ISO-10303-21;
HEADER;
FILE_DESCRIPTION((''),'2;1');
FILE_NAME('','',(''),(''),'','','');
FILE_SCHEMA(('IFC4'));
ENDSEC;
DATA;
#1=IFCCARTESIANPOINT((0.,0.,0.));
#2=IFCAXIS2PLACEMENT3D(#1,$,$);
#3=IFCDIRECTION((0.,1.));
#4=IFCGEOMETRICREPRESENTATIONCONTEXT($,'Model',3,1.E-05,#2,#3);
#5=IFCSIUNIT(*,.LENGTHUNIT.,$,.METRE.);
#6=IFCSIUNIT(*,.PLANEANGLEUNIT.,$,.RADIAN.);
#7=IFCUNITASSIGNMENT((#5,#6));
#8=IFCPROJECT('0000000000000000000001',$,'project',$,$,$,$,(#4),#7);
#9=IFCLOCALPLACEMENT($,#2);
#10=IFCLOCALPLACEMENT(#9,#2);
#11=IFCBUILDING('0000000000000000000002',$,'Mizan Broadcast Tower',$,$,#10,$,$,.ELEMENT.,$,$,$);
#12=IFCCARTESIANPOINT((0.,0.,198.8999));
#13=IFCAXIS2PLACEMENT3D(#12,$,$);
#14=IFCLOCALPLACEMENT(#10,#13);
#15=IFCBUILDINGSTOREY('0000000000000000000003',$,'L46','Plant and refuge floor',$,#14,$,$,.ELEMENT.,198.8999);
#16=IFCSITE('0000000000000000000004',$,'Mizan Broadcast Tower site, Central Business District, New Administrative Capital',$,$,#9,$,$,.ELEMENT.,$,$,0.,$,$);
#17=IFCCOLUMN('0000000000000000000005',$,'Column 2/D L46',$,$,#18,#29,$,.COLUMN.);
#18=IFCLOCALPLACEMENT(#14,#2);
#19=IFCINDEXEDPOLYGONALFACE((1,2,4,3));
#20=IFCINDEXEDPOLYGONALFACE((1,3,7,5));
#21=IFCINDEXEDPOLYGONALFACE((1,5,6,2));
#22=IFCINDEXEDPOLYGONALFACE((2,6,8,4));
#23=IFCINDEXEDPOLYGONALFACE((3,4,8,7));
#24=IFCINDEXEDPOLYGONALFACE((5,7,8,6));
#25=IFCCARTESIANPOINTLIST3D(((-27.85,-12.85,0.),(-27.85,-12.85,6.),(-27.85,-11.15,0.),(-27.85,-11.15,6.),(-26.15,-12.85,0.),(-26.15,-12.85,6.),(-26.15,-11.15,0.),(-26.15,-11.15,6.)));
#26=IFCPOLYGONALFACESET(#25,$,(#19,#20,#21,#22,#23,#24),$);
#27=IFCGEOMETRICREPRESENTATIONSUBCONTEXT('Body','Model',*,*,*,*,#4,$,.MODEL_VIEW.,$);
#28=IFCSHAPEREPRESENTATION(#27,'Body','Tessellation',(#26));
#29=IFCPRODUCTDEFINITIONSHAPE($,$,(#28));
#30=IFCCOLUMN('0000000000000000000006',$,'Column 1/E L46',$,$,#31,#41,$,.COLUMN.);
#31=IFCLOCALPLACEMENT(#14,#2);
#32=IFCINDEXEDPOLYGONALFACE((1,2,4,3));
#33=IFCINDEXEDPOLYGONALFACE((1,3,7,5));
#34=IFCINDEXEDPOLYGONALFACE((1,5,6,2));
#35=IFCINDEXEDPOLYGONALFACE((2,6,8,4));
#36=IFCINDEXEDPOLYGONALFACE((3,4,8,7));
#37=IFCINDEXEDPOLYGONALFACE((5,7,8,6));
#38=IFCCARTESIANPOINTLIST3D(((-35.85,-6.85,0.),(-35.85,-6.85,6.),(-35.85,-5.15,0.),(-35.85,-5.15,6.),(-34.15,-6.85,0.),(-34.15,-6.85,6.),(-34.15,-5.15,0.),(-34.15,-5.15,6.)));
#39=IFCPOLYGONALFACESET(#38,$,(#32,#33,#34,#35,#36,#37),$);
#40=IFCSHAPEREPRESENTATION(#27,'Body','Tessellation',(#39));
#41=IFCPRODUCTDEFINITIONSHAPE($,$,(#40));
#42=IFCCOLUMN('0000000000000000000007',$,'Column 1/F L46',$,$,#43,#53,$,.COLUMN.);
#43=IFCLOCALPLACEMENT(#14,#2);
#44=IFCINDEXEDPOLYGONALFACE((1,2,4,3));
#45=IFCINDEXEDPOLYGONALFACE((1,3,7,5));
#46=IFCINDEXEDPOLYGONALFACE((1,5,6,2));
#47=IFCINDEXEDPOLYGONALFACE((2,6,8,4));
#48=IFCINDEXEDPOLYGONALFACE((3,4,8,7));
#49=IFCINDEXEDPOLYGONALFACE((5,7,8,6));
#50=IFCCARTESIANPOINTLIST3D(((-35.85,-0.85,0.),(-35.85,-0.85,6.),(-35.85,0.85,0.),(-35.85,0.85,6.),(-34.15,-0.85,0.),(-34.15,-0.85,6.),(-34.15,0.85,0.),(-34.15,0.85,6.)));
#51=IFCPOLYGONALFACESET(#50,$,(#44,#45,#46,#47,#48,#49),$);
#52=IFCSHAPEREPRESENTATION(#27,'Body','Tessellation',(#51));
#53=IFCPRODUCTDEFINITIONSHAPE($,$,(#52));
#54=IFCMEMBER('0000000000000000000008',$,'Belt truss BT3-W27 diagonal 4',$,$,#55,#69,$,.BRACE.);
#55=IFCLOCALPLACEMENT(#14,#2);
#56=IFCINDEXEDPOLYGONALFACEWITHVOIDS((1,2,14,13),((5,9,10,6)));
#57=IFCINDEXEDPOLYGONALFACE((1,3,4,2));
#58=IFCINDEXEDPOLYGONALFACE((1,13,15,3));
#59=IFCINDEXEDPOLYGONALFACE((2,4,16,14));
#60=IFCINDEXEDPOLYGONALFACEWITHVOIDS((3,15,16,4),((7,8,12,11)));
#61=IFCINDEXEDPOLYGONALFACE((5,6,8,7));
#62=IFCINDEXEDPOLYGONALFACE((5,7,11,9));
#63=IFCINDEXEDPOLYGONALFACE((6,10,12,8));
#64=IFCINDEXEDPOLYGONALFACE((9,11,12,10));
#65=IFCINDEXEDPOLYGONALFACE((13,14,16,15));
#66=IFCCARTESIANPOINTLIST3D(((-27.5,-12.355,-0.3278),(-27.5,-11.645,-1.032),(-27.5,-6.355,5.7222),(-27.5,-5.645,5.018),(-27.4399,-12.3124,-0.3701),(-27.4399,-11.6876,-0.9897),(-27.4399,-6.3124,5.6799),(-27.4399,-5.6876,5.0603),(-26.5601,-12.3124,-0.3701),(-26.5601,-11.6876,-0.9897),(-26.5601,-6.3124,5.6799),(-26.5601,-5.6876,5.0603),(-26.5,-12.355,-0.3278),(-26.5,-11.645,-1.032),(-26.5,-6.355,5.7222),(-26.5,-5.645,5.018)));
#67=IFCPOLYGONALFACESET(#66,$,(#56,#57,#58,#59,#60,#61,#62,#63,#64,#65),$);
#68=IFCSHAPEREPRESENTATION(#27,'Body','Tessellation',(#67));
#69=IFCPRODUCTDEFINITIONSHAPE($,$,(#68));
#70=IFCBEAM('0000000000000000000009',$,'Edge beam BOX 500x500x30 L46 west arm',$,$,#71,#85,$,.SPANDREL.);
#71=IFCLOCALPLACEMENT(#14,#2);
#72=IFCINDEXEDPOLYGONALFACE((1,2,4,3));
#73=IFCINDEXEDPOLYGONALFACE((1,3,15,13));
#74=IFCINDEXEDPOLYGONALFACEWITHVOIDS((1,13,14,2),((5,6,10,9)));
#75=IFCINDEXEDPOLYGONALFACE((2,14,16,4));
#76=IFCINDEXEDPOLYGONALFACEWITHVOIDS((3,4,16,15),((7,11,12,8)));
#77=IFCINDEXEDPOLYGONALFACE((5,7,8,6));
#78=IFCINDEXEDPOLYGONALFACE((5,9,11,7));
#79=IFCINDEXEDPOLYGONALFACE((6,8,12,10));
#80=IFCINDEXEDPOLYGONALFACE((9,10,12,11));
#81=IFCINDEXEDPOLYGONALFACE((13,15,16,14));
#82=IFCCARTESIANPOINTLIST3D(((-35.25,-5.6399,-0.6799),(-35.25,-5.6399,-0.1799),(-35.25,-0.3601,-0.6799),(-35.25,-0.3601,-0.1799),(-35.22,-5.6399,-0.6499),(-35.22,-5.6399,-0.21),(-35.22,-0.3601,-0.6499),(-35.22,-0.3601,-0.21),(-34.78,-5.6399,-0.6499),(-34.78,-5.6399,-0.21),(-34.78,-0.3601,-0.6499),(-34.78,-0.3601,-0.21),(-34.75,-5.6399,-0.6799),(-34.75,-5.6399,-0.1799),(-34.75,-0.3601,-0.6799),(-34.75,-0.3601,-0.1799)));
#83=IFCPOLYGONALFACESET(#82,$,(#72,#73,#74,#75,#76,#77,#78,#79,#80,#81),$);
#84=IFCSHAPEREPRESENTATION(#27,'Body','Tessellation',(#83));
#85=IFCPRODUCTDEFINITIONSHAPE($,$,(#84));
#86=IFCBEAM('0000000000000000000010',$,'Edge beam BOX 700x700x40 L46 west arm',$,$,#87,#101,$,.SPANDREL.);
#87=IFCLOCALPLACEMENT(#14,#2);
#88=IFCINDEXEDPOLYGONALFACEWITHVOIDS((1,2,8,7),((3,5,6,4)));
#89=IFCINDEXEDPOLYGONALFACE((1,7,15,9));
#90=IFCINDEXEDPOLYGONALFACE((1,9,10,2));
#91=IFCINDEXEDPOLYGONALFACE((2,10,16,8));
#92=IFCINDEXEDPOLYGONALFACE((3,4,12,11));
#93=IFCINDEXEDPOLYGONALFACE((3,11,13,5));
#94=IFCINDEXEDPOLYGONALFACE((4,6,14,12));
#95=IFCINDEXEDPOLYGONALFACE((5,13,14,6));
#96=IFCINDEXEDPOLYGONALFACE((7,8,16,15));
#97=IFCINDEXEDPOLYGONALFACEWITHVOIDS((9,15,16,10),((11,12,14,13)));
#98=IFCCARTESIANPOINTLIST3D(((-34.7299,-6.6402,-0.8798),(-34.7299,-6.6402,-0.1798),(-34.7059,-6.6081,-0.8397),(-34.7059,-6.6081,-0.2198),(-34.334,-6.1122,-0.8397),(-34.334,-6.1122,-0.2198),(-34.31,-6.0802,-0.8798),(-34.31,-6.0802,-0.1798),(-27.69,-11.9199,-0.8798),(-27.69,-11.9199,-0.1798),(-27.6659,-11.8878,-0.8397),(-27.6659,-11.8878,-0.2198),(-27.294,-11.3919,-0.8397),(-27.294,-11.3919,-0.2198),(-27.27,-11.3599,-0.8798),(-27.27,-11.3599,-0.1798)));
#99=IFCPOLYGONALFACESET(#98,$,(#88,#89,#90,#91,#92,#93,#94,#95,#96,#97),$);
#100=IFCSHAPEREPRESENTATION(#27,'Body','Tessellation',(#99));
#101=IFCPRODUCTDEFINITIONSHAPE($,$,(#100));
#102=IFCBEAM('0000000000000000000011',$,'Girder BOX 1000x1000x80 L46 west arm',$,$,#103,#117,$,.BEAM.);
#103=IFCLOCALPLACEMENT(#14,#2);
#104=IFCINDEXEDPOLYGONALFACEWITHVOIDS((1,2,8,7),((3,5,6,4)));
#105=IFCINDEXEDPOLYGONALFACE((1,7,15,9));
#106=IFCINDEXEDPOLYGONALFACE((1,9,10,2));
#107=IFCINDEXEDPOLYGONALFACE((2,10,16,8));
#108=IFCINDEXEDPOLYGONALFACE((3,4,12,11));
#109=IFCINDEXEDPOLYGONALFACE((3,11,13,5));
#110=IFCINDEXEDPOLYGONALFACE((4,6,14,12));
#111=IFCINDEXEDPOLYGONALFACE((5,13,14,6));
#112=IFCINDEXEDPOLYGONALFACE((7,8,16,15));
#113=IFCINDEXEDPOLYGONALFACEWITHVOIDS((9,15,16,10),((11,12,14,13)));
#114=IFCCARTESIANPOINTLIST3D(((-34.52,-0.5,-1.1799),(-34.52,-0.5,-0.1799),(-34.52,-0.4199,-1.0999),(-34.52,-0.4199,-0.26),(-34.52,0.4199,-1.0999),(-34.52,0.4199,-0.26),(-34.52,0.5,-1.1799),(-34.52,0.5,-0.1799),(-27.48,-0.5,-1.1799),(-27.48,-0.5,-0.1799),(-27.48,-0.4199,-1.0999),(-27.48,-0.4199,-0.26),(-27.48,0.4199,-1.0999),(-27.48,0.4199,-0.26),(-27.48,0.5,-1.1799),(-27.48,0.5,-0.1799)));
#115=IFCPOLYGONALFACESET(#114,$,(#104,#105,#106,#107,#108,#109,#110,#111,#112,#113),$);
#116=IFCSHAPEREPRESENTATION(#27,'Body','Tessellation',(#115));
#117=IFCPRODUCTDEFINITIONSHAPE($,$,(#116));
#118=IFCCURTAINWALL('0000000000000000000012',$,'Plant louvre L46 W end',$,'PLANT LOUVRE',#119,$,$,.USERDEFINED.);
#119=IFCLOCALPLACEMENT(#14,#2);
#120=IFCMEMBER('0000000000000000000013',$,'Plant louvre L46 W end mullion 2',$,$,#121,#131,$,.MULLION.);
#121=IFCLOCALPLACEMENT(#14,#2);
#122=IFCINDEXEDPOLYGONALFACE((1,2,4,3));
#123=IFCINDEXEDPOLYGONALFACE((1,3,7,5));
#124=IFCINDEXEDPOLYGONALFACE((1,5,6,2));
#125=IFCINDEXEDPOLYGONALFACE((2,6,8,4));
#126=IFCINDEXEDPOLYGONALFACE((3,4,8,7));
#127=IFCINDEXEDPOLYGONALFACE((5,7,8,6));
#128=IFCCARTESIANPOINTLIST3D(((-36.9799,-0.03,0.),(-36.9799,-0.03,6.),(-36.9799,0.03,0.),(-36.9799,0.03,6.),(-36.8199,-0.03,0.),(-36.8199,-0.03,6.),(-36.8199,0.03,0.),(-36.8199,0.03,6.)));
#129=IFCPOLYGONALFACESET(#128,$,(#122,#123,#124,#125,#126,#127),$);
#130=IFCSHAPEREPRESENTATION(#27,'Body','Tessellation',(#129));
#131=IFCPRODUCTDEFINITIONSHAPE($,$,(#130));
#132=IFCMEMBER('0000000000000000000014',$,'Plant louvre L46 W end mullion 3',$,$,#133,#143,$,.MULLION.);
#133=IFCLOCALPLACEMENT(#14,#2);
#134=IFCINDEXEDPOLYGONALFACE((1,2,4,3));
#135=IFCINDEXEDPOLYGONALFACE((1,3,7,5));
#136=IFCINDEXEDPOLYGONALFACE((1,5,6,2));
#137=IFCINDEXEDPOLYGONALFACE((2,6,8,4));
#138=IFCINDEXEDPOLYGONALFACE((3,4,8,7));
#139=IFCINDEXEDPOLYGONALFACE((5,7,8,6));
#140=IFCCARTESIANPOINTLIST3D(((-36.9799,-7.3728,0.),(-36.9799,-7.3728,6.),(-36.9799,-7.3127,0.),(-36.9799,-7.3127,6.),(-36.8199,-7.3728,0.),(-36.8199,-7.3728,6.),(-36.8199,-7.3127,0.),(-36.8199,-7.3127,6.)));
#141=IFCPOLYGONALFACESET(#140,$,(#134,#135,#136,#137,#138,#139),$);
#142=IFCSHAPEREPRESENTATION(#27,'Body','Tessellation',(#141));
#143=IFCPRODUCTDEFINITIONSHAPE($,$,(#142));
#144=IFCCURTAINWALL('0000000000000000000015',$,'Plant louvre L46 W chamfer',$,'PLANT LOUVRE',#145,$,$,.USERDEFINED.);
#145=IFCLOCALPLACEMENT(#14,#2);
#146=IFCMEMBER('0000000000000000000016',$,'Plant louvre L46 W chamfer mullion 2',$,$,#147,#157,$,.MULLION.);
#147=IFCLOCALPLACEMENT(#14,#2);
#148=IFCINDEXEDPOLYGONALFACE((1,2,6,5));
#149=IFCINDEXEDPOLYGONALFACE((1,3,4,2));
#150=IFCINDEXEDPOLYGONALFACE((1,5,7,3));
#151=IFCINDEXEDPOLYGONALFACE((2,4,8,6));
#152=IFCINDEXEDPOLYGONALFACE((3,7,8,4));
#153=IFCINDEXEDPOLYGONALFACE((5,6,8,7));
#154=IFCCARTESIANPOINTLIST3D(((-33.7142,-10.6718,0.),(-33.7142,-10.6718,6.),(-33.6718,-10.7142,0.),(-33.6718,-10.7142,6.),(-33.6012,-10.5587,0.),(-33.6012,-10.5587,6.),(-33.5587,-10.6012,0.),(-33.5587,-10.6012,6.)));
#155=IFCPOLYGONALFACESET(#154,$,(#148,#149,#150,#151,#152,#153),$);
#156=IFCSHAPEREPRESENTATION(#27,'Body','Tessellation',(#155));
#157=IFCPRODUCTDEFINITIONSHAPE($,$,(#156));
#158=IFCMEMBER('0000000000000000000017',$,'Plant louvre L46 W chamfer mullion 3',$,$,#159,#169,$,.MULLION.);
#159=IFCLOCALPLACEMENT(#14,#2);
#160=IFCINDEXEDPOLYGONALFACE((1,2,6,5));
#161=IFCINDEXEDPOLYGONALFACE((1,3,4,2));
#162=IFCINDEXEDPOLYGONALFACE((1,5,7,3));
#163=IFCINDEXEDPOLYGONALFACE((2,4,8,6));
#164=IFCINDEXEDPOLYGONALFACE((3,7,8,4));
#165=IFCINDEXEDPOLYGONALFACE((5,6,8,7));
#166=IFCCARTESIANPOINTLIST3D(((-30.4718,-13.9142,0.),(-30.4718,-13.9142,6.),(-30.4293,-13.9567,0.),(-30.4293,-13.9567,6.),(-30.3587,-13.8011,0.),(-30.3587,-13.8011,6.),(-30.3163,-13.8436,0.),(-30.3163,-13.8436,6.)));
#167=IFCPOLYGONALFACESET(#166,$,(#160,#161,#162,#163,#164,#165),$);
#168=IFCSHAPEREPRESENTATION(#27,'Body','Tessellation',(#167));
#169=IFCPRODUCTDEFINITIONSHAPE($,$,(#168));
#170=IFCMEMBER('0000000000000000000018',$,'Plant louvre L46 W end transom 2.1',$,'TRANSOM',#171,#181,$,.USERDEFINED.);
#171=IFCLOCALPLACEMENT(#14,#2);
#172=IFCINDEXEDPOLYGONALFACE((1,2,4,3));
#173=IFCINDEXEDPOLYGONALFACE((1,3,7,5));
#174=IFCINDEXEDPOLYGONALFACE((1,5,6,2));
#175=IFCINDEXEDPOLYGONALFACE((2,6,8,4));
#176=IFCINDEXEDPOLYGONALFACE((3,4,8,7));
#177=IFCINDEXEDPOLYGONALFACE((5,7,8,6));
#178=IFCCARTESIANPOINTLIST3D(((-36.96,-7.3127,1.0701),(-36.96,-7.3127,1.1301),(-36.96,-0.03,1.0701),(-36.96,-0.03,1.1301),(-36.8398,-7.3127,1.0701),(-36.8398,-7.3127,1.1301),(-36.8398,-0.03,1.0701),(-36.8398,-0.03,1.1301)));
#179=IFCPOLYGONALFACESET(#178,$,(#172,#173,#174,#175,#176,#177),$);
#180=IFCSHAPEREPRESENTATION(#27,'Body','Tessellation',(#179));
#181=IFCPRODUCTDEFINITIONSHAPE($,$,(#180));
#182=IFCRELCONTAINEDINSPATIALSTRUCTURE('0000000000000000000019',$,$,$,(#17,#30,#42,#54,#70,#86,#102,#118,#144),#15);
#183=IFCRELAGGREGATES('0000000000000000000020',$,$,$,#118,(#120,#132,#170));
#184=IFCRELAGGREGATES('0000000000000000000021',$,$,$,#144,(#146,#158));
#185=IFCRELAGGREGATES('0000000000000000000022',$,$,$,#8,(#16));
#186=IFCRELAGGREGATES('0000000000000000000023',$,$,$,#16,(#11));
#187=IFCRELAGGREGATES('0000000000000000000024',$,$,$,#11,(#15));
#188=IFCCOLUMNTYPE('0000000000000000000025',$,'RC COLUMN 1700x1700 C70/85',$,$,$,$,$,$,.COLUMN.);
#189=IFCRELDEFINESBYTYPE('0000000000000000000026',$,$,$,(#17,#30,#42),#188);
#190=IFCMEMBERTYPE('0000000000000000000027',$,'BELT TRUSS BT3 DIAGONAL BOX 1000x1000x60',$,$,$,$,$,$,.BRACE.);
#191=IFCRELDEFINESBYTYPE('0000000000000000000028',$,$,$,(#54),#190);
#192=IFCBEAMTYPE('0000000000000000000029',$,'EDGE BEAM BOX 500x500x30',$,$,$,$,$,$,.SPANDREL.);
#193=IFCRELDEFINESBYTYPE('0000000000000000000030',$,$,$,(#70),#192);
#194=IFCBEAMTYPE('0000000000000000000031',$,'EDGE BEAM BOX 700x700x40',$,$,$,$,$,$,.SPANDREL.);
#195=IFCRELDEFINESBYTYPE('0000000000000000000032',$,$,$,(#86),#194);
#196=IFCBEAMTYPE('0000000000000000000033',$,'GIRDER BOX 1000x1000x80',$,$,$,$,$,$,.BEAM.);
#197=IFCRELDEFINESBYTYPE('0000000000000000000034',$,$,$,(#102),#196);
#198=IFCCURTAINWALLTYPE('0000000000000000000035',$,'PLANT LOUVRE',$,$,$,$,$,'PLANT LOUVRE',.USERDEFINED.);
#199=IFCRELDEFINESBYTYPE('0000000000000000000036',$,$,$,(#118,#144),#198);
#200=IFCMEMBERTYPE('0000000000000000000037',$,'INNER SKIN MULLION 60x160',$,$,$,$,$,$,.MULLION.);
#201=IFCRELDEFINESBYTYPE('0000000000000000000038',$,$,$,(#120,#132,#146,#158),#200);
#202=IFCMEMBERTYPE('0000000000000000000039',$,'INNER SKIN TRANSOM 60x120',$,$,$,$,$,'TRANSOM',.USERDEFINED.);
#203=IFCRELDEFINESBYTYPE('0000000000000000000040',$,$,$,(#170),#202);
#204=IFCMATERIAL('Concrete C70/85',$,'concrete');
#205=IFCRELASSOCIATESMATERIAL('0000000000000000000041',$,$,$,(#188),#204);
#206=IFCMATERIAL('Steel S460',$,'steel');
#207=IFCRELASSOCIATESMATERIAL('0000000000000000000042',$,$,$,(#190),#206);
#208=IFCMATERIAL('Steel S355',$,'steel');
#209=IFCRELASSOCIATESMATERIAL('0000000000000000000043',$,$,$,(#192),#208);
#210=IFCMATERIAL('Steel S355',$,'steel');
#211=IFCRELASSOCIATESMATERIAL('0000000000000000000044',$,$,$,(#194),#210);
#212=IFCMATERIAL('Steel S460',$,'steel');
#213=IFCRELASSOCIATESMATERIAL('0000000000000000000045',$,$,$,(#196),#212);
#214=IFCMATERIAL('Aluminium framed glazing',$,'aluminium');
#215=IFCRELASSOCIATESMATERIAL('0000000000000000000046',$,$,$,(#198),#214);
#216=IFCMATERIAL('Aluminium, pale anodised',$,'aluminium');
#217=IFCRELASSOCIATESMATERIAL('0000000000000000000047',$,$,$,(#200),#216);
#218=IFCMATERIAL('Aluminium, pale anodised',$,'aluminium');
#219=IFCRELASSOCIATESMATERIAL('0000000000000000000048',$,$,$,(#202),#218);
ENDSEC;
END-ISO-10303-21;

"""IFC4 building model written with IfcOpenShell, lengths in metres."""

from ifc_helpers import new_model, si_unit, direction, frame, origin, origin_2d, place, context, subcontext, project, spatial, rectangle, hollow_rectangle, extrude, material, material_profile, profile_set, type_object, element, aggregate, save


model = new_model("IFC4")

# Units and contexts
model_context = context("Model", 3, precision=1e-05, world=origin(), true_north=direction((0.0, 1.0)))
body_context = subcontext(model_context, "Body", "Model", "MODEL_VIEW")
ifc_project = project(units=[si_unit("LENGTHUNIT", "METRE"), si_unit("PLANEANGLEUNIT", "RADIAN")], contexts=[model_context])

# Site, building, storey
site_placement = place(None, origin())
site = spatial("IfcSite", under=ifc_project, at=site_placement, Name="Mizan Broadcast Tower site, Central Business District, New Administrative Capital", CompositionType="ELEMENT", RefElevation=0.0)
building_placement = place(site_placement, origin())
building = spatial("IfcBuilding", under=site, at=building_placement, Name="Mizan Broadcast Tower", CompositionType="ELEMENT")
storey_placement = place(building_placement, frame((0.0, 0.0, 198.8999)))
storey = spatial("IfcBuildingStorey", under=building, at=storey_placement, Name="L46", Description="Plant and refuge floor", CompositionType="ELEMENT", Elevation=198.8999)

# Columns
ifc_material_1 = material(Name="Concrete C70/85", Category="concrete")
ifc_material_profile_1 = material_profile(ifc_material_1, rectangle(XDim=1.7, YDim=1.7, at=origin_2d()), Name="RC 1700x1700")
ifc_profile_set_1 = profile_set([ifc_material_profile_1], Name="Concrete C70/85")
column_type = type_object("IfcColumnType", Name="RC COLUMN 1700x1700 C70/85", PredefinedType="COLUMN", material=ifc_profile_set_1)
for number, where, z_axis, x_axis, name in (
    (1, (-27.0, -12.0, 0.0), (0.0, 0.0, 1.0), (1.0, 0.0, 0.0), "Column 2/D L46"),
    (2, (-35.0, -6.0, 0.0), (0.0, 0.0, 1.0), (1.0, 0.0, 0.0), "Column 1/E L46"),
    (3, (-35.0, 0.0, 0.0), (0.0, 0.0, 1.0), (1.0, 0.0, 0.0), "Column 1/F L46"),
):
    element("IfcColumn", number, at=place(storey_placement, frame(where, z_axis=z_axis, x_axis=x_axis)), inside=storey, type_object=column_type, Name=name, PredefinedType="COLUMN", context=body_context, shape_type="SweptSolid", body=[
        extrude(rectangle(XDim=1.7, YDim=1.7, at=origin_2d()), origin(), (0.0, 0.0, 1.0), 6.0),
    ])

# Member
ifc_material_2 = material(Name="Steel S460", Category="steel")
ifc_material_profile_2 = material_profile(ifc_material_2, hollow_rectangle(XDim=1.0, YDim=1.0, WallThickness=0.0601, at=origin_2d()), Name="BOX 1000x1000x60")
ifc_profile_set_2 = profile_set([ifc_material_profile_2], Name="Steel S460")
member_type_1 = type_object("IfcMemberType", Name="BELT TRUSS BT3 DIAGONAL BOX 1000x1000x60", PredefinedType="BRACE", material=ifc_profile_set_2)
member_1_placement = place(storey_placement, frame((-27.0, -12.0, -0.6799), z_axis=(0.0, 0.704164, 0.710038), x_axis=(-1.0, 0.0, 0.0)))
element("IfcMember", 4, at=member_1_placement, inside=storey, type_object=member_type_1, Name="Belt truss BT3-W27 diagonal 4", PredefinedType="BRACE", context=body_context, shape_type="SweptSolid", body=[
    extrude(hollow_rectangle(XDim=1.0, YDim=1.0, WallThickness=0.0601, at=origin_2d()), origin(), (0.0, 0.0, 1.0), 8.5208),
])

# Beams
ifc_material_3 = material(Name="Steel S355", Category="steel")
ifc_material_profile_3 = material_profile(ifc_material_3, hollow_rectangle(XDim=0.5, YDim=0.5, WallThickness=0.03, at=origin_2d()), Name="BOX 500x500x30")
ifc_profile_set_3 = profile_set([ifc_material_profile_3], Name="Steel S355")
beam_type_1 = type_object("IfcBeamType", Name="EDGE BEAM BOX 500x500x30", PredefinedType="SPANDREL", material=ifc_profile_set_3)
beam_1_placement = place(storey_placement, frame((-35.0, -5.6399, -0.4299), z_axis=(0.0, 1.0, 0.0), x_axis=(-1.0, 0.0, 0.0)))
element("IfcBeam", 5, at=beam_1_placement, inside=storey, type_object=beam_type_1, Name="Edge beam BOX 500x500x30 L46 west arm", PredefinedType="SPANDREL", context=body_context, shape_type="SweptSolid", body=[
    extrude(hollow_rectangle(XDim=0.5, YDim=0.5, WallThickness=0.03, at=origin_2d()), origin(), (0.0, 0.0, 1.0), 5.2798),
])
ifc_material_4 = material(Name="Steel S355", Category="steel")
ifc_material_profile_4 = material_profile(ifc_material_4, hollow_rectangle(XDim=0.7, YDim=0.7, WallThickness=0.04, at=origin_2d()), Name="BOX 700x700x40")
ifc_profile_set_4 = profile_set([ifc_material_profile_4], Name="Steel S355")
beam_type_2 = type_object("IfcBeamType", Name="EDGE BEAM BOX 700x700x40", PredefinedType="SPANDREL", material=ifc_profile_set_4)
beam_2_placement = place(storey_placement, frame((-27.48, -11.6399, -0.5298), z_axis=(-0.800013, 0.599982, 0.0), x_axis=(-0.599982, -0.800013, 0.0)))
element("IfcBeam", 6, at=beam_2_placement, inside=storey, type_object=beam_type_2, Name="Edge beam BOX 700x700x40 L46 west arm", PredefinedType="SPANDREL", context=body_context, shape_type="SweptSolid", body=[
    extrude(hollow_rectangle(XDim=0.7, YDim=0.7, WallThickness=0.04, at=origin_2d()), origin(), (0.0, 0.0, 1.0), 8.7998),
])
ifc_material_5 = material(Name="Steel S460", Category="steel")
ifc_material_profile_5 = material_profile(ifc_material_5, hollow_rectangle(XDim=1.0, YDim=1.0, WallThickness=0.0801, at=origin_2d()), Name="BOX 1000x1000x80")
ifc_profile_set_5 = profile_set([ifc_material_profile_5], Name="Steel S460")
beam_type_3 = type_object("IfcBeamType", Name="GIRDER BOX 1000x1000x80", PredefinedType="BEAM", material=ifc_profile_set_5)
beam_3_placement = place(storey_placement, frame((-27.48, 0.0, -0.6799), z_axis=(-1.0, 0.0, 0.0), x_axis=(0.0, -1.0, 0.0)))
element("IfcBeam", 7, at=beam_3_placement, inside=storey, type_object=beam_type_3, Name="Girder BOX 1000x1000x80 L46 west arm", PredefinedType="BEAM", context=body_context, shape_type="SweptSolid", body=[
    extrude(hollow_rectangle(XDim=1.0, YDim=1.0, WallThickness=0.0801, at=origin_2d()), origin(), (0.0, 0.0, 1.0), 7.04),
])

# Curtain walls, members
ifc_material_6 = material(Name="Aluminium framed glazing", Category="aluminium")
curtain_wall_type = type_object("IfcCurtainWallType", Name="PLANT LOUVRE", ElementType="PLANT LOUVRE", PredefinedType="USERDEFINED", material=ifc_material_6)
curtain_wall_1_placement = place(storey_placement, origin())
curtain_wall_1 = element("IfcCurtainWall", 8, at=curtain_wall_1_placement, inside=storey, type_object=curtain_wall_type, Name="Plant louvre L46 W end", ObjectType="PLANT LOUVRE", PredefinedType="USERDEFINED")
ifc_material_7 = material(Name="Aluminium, pale anodised", Category="aluminium")
ifc_material_profile_6 = material_profile(ifc_material_7, rectangle(XDim=0.1599, YDim=0.0601, at=origin_2d()), Name="MULLION 160x60")
ifc_profile_set_6 = profile_set([ifc_material_profile_6], Name="Aluminium, pale anodised")
member_type_2 = type_object("IfcMemberType", Name="INNER SKIN MULLION 60x160", PredefinedType="MULLION", material=ifc_profile_set_6)
member_2_placement = place(storey_placement, frame((-36.8999, 0.0, 0.0), z_axis=(0.0, 0.0, 1.0), x_axis=(1.0, 0.0, 0.0)))
member_2 = element("IfcMember", 9, at=member_2_placement, type_object=member_type_2, Name="Plant louvre L46 W end mullion 2", PredefinedType="MULLION", context=body_context, shape_type="SweptSolid", body=[
    extrude(rectangle(XDim=0.1599, YDim=0.0601, at=origin_2d()), origin(), (0.0, 0.0, 1.0), 6.0),
])
member_3_placement = place(storey_placement, frame((-36.8999, -7.3428, 0.0), z_axis=(0.0, 0.0, 1.0), x_axis=(1.0, 0.0, 0.0)))
member_3 = element("IfcMember", 10, at=member_3_placement, type_object=member_type_2, Name="Plant louvre L46 W end mullion 3", PredefinedType="MULLION", context=body_context, shape_type="SweptSolid", body=[
    extrude(rectangle(XDim=0.1599, YDim=0.0601, at=origin_2d()), origin(), (0.0, 0.0, 1.0), 6.0),
])
curtain_wall_2_placement = place(storey_placement, origin())
curtain_wall_2 = element("IfcCurtainWall", 11, at=curtain_wall_2_placement, inside=storey, type_object=curtain_wall_type, Name="Plant louvre L46 W chamfer", ObjectType="PLANT LOUVRE", PredefinedType="USERDEFINED")
member_4_placement = place(storey_placement, frame((-33.6365, -10.6365, 0.0), z_axis=(0.0, 0.0, 1.0), x_axis=(0.707107, 0.707107, 0.0)))
member_4 = element("IfcMember", 12, at=member_4_placement, type_object=member_type_2, Name="Plant louvre L46 W chamfer mullion 2", PredefinedType="MULLION", context=body_context, shape_type="SweptSolid", body=[
    extrude(rectangle(XDim=0.1599, YDim=0.0601, at=origin_2d()), origin(), (0.0, 0.0, 1.0), 6.0),
])
member_5_placement = place(storey_placement, frame((-30.394, -13.8789, 0.0), z_axis=(0.0, 0.0, 1.0), x_axis=(0.707107, 0.707107, 0.0)))
member_5 = element("IfcMember", 13, at=member_5_placement, type_object=member_type_2, Name="Plant louvre L46 W chamfer mullion 3", PredefinedType="MULLION", context=body_context, shape_type="SweptSolid", body=[
    extrude(rectangle(XDim=0.1599, YDim=0.0601, at=origin_2d()), origin(), (0.0, 0.0, 1.0), 6.0),
])

# Member
ifc_material_8 = material(Name="Aluminium, pale anodised", Category="aluminium")
ifc_material_profile_7 = material_profile(ifc_material_8, rectangle(XDim=0.1201, YDim=0.0601, at=origin_2d()), Name="TRANSOM 120x60")
ifc_profile_set_7 = profile_set([ifc_material_profile_7], Name="Aluminium, pale anodised")
member_type_3 = type_object("IfcMemberType", Name="INNER SKIN TRANSOM 60x120", ElementType="TRANSOM", PredefinedType="USERDEFINED", material=ifc_profile_set_7)
member_6_placement = place(storey_placement, frame((-36.8999, -0.03, 1.1001), z_axis=(0.0, -1.0, 0.0), x_axis=(1.0, 0.0, 0.0)))
member_6 = element("IfcMember", 14, at=member_6_placement, type_object=member_type_3, Name="Plant louvre L46 W end transom 2.1", ObjectType="TRANSOM", PredefinedType="USERDEFINED", context=body_context, shape_type="SweptSolid", body=[
    extrude(rectangle(XDim=0.1201, YDim=0.0601, at=origin_2d()), origin(), (0.0, 0.0, 1.0), 7.2827),
])

aggregate(curtain_wall_1, [member_2, member_3, member_6])
aggregate(curtain_wall_2, [member_4, member_5])

save(model, "model.ifc")
